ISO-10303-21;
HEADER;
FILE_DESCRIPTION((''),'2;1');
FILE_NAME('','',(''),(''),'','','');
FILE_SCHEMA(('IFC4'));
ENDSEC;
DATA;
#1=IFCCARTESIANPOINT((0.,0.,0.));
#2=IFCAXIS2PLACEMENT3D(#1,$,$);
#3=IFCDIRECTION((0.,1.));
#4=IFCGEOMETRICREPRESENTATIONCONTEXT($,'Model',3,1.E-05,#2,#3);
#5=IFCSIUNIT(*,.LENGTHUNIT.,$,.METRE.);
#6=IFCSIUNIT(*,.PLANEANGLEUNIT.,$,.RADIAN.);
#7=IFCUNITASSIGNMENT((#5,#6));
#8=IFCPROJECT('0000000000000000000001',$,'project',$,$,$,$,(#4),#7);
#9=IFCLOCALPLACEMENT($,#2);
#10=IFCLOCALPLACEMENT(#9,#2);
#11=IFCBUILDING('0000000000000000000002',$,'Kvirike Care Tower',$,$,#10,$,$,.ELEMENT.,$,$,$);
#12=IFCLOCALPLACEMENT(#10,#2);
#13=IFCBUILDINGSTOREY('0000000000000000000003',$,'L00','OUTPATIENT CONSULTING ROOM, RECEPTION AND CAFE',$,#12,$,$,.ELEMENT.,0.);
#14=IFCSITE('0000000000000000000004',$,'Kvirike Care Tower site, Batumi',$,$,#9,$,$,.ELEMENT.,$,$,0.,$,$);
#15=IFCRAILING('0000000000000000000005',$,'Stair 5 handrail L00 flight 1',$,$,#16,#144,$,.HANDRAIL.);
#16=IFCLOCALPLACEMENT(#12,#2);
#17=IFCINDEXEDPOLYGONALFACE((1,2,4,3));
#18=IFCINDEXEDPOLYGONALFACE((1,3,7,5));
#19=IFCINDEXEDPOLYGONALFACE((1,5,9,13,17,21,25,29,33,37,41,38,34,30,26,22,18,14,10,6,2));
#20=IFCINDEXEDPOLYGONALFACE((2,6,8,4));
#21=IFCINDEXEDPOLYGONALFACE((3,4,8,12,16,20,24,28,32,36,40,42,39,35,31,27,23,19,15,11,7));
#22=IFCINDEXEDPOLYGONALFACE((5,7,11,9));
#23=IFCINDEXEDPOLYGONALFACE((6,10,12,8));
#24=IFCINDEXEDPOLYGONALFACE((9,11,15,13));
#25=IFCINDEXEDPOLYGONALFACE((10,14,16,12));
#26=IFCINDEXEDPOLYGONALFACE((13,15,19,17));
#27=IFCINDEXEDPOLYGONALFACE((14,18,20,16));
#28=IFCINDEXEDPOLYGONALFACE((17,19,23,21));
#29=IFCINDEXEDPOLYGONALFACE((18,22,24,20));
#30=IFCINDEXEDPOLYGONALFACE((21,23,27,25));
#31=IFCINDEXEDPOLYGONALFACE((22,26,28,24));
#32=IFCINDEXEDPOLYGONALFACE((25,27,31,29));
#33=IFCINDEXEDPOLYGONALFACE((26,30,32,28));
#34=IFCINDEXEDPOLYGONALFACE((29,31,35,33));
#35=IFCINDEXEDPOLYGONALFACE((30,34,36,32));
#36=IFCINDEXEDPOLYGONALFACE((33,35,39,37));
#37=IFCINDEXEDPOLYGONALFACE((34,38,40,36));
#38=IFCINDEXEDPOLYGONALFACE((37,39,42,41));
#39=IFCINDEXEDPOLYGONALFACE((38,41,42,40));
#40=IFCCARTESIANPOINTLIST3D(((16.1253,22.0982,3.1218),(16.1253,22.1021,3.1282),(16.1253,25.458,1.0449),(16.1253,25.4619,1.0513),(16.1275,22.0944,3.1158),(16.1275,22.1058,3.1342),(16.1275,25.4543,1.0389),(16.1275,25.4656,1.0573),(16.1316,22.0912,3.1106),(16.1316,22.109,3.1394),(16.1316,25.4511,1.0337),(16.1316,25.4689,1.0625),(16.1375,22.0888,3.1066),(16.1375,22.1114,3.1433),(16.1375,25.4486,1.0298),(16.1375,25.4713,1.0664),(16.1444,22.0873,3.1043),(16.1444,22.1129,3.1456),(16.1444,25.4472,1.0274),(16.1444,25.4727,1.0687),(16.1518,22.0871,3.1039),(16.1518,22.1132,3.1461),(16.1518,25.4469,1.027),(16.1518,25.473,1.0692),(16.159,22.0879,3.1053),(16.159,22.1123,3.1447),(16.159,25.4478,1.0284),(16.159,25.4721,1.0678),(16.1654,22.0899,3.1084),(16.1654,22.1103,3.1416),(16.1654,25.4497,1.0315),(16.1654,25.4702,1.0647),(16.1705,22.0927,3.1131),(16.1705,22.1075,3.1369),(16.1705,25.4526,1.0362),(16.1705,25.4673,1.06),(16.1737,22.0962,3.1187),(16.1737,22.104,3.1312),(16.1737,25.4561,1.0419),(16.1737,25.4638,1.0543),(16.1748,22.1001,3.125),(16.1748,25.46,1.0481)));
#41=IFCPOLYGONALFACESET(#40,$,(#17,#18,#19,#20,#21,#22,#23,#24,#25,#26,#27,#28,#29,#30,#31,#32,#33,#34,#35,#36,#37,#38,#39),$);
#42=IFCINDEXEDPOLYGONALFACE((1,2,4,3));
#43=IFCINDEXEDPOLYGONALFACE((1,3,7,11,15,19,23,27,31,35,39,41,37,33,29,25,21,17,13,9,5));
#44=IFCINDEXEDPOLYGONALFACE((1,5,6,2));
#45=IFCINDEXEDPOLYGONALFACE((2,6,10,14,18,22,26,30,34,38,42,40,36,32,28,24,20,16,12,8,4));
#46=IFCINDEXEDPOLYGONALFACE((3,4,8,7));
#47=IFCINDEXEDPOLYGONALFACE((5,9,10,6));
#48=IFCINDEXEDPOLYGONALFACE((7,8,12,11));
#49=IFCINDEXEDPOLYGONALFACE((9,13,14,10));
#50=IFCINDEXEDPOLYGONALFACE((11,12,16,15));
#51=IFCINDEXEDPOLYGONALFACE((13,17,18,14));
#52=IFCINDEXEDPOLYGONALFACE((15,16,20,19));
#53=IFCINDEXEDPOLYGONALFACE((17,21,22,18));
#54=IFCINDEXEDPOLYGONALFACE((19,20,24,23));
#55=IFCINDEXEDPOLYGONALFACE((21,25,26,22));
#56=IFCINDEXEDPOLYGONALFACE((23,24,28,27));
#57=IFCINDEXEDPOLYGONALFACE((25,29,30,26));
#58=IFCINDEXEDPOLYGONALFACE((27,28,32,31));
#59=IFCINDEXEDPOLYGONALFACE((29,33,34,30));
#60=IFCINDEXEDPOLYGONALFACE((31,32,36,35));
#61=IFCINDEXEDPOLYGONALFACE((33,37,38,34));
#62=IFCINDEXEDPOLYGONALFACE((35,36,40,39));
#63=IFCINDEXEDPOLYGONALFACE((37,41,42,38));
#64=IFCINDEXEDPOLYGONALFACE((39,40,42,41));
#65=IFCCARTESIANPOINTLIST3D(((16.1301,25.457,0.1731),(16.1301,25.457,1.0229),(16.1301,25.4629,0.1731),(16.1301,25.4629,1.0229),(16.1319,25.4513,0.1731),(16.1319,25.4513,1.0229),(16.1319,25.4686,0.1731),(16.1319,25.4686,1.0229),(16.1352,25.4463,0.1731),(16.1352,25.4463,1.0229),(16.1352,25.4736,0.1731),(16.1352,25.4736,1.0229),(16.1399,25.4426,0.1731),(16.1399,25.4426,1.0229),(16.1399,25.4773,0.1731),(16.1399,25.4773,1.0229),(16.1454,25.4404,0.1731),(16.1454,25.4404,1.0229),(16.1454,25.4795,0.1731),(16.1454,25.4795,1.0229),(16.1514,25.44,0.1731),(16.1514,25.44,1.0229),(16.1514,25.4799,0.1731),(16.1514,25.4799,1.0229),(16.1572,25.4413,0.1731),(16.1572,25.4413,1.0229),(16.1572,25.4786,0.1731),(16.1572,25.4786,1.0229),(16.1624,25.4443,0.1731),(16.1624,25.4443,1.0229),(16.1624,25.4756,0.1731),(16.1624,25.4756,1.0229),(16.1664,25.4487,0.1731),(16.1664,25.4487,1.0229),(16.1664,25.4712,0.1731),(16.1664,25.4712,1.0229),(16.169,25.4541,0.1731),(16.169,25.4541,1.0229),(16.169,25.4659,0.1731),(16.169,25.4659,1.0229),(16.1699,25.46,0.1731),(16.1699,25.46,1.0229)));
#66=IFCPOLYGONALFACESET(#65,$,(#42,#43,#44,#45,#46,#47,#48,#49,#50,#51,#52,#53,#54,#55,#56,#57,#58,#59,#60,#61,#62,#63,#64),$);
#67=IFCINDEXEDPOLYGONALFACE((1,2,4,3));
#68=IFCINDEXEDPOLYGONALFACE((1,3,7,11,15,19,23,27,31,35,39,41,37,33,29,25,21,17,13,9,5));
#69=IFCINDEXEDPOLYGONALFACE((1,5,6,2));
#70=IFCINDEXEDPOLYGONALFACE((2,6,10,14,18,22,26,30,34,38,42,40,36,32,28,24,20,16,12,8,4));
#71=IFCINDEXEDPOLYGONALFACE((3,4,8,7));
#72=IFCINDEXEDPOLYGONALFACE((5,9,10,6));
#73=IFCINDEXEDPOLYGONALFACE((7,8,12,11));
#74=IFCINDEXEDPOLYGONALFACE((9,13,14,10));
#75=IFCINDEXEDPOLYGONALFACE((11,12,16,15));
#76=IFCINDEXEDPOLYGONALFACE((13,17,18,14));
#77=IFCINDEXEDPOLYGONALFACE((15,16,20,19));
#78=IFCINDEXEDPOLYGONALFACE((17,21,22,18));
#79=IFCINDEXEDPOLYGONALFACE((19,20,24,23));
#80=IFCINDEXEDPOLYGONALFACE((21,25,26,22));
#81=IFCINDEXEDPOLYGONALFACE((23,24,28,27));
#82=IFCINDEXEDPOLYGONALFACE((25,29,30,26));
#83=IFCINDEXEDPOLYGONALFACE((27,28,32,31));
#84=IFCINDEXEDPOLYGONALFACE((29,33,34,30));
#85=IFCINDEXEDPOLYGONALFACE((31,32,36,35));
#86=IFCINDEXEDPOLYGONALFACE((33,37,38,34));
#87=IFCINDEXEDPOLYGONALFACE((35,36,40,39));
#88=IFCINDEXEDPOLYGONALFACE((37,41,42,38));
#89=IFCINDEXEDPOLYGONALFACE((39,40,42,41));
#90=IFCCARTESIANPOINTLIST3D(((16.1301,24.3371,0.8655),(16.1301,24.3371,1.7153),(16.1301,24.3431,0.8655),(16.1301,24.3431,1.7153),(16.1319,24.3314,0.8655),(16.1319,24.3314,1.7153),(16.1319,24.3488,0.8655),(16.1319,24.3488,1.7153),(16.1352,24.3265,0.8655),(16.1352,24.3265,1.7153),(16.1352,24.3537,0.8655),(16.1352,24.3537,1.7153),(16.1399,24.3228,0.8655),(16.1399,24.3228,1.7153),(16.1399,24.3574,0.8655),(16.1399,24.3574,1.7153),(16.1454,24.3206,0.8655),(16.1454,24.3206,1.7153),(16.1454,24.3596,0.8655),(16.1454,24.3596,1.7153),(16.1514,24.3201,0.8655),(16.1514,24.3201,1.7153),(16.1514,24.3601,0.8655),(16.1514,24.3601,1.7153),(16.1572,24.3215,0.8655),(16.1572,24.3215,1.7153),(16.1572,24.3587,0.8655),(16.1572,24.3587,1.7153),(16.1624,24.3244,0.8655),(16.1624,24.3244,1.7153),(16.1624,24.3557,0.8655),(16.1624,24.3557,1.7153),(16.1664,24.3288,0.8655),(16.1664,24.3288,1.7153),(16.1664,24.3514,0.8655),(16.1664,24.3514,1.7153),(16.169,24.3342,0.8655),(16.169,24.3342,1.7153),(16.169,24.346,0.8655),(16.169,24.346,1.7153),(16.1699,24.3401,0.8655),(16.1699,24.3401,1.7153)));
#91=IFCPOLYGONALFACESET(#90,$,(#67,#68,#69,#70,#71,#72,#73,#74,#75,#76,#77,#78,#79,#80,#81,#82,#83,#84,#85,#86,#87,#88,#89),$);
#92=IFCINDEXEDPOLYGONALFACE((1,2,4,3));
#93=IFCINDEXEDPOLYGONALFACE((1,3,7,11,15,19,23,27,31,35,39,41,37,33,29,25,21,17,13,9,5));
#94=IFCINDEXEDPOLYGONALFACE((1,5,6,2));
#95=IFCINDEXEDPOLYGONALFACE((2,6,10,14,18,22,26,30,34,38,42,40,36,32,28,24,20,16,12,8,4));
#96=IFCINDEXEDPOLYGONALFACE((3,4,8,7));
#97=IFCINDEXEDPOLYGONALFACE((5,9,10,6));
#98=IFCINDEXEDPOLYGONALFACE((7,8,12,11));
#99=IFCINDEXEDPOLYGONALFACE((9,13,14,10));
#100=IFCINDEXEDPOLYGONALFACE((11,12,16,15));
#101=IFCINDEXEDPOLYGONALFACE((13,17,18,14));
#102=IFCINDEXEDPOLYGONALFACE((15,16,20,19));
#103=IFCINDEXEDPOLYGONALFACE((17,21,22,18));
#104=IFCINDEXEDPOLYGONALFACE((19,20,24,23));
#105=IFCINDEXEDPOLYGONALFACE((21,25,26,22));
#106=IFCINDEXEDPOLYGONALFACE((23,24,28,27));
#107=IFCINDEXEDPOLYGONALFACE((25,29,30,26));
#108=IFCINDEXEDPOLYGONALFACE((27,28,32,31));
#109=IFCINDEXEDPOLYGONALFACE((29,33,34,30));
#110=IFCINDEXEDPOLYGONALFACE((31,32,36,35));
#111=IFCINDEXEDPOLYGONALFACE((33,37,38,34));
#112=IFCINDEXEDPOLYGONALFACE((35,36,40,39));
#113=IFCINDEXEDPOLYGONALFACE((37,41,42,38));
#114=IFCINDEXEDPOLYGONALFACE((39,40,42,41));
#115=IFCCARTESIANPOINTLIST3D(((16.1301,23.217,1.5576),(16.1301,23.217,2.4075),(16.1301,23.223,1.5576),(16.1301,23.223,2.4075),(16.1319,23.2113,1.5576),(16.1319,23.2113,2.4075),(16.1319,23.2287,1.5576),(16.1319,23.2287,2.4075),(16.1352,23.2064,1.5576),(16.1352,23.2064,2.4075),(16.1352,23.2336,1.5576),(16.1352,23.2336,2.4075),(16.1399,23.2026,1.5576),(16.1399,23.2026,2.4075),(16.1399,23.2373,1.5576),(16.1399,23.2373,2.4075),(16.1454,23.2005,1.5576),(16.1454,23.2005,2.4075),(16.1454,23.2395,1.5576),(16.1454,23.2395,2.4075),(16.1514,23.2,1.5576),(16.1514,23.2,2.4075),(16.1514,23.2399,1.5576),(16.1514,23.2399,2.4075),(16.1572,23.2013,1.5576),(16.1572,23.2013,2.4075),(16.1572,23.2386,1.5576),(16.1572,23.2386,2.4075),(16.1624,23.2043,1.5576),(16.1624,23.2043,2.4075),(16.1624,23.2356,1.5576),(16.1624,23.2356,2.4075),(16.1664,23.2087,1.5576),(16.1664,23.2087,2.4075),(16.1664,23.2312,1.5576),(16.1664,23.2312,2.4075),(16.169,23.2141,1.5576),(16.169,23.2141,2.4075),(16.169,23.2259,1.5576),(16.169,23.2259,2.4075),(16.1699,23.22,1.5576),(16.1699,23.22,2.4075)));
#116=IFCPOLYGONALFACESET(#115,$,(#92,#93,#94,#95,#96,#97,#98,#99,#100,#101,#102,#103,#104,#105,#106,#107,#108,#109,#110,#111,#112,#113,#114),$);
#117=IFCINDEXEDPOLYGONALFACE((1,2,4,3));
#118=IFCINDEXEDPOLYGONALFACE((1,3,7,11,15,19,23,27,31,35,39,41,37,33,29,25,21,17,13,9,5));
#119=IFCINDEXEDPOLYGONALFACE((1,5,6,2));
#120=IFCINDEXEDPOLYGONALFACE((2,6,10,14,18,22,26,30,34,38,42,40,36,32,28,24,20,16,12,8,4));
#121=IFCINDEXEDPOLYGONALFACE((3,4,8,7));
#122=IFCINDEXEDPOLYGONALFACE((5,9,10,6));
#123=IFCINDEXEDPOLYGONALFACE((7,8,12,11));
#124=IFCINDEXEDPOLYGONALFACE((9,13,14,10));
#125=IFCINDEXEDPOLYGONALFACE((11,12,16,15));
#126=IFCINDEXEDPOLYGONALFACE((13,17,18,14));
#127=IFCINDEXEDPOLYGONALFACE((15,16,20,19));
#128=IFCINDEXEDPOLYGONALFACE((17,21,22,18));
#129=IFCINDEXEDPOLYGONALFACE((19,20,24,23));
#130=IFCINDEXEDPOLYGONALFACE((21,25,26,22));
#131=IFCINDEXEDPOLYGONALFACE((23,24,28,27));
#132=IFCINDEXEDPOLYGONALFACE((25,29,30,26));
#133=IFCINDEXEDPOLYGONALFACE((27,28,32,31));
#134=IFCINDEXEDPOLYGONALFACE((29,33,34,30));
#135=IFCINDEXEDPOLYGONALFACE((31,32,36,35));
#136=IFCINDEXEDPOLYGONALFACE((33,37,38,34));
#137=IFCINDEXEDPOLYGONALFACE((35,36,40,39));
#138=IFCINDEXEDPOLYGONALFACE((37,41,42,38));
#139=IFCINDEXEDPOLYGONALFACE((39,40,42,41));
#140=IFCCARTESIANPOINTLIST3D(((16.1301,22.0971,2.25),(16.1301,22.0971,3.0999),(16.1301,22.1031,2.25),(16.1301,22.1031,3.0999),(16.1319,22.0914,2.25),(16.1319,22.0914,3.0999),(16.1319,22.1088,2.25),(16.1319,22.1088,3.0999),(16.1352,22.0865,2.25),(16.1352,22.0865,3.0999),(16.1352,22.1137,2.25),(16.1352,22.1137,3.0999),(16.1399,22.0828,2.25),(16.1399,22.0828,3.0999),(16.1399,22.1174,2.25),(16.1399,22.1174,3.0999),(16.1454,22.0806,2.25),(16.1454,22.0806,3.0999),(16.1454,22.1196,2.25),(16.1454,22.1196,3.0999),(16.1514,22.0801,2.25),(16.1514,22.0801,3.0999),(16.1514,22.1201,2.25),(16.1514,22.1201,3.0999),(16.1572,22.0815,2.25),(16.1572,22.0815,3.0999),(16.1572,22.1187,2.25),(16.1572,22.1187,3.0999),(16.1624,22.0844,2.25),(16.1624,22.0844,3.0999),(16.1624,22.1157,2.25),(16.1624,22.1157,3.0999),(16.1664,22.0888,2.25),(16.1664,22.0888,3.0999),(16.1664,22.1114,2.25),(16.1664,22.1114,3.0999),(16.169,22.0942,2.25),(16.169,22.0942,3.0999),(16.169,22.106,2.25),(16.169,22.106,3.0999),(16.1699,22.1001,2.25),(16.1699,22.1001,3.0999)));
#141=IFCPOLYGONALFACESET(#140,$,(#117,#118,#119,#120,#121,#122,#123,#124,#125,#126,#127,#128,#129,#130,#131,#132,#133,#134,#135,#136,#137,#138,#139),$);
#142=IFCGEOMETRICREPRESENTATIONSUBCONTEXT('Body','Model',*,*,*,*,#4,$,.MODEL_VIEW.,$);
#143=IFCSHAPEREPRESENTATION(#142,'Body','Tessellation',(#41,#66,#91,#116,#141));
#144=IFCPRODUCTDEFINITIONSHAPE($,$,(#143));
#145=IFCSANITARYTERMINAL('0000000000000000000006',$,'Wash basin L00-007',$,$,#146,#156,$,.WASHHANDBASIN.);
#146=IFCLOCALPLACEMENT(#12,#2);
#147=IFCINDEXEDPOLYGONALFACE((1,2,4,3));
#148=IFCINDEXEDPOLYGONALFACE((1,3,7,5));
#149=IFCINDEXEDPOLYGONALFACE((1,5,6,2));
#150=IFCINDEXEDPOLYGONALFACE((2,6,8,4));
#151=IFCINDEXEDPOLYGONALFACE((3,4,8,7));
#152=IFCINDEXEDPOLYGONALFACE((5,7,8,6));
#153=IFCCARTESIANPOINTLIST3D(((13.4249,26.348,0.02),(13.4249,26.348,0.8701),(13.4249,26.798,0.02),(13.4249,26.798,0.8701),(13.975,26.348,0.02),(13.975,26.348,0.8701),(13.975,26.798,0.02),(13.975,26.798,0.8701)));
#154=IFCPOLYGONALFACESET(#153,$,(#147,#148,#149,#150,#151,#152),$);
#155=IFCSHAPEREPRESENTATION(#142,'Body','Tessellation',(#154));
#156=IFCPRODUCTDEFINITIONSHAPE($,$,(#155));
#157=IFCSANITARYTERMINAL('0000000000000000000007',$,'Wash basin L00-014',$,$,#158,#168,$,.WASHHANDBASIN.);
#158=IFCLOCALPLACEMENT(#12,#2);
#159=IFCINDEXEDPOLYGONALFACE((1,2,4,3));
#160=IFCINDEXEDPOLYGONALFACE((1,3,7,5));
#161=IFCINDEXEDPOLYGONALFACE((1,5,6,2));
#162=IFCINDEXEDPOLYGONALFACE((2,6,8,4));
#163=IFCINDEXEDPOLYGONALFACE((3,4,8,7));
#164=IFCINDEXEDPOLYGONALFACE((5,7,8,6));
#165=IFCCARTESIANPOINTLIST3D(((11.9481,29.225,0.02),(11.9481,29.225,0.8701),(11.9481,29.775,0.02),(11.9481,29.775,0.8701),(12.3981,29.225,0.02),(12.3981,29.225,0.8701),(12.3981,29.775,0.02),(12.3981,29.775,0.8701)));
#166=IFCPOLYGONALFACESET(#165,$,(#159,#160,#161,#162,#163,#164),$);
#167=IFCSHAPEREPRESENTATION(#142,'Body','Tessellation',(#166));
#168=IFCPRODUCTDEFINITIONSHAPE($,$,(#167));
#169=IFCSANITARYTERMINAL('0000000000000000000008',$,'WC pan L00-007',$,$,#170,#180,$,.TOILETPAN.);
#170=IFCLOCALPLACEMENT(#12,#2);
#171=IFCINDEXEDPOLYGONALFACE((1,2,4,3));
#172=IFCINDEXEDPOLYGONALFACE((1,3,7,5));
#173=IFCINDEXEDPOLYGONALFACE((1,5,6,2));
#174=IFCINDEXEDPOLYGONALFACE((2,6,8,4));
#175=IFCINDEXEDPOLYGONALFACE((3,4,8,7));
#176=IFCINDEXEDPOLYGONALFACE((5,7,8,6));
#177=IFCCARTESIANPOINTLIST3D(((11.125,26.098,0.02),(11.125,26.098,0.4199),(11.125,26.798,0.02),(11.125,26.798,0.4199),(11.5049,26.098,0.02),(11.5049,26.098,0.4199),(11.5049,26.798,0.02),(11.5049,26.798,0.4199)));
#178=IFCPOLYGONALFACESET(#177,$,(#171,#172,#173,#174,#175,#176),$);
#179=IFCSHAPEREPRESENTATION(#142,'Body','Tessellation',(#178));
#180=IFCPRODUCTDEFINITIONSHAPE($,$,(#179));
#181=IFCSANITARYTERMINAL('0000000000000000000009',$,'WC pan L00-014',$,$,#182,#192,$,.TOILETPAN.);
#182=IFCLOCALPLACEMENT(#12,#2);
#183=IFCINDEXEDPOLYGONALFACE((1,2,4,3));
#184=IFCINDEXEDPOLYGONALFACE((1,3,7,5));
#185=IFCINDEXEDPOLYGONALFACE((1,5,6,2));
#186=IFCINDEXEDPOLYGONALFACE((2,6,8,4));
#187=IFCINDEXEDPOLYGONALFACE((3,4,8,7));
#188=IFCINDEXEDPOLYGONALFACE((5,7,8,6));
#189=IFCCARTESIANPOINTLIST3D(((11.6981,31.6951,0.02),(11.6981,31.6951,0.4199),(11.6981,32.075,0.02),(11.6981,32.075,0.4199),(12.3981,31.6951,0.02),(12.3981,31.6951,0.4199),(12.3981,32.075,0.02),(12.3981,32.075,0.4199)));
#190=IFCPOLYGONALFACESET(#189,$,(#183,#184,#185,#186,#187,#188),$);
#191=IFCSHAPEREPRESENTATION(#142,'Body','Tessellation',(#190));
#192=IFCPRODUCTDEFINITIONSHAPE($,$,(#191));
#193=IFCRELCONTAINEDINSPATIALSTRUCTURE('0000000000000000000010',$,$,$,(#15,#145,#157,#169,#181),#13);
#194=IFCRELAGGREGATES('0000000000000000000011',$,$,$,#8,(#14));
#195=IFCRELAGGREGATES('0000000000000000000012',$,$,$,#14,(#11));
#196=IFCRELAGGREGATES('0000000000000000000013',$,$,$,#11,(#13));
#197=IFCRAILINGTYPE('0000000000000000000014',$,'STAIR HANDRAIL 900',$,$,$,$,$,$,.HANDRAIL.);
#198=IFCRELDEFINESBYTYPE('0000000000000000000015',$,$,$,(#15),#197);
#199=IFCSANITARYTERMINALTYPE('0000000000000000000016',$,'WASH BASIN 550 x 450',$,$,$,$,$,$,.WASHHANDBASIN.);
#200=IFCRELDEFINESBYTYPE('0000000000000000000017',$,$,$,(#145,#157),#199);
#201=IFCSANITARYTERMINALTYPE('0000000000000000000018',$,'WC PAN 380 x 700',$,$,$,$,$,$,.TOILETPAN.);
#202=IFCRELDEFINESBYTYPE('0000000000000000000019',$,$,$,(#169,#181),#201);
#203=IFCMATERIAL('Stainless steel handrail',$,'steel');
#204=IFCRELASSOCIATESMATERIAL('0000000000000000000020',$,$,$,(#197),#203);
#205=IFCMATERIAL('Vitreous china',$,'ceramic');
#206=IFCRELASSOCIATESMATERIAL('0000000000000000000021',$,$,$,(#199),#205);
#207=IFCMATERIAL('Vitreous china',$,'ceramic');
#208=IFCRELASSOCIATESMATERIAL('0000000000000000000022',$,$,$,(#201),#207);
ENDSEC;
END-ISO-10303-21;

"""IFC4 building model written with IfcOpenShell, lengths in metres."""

from ifc_helpers import new_model, si_unit, direction, frame, origin, origin_2d, place, context, subcontext, project, spatial, rectangle, circle, extrude, material, type_object, element, save


model = new_model("IFC4")

# Units and contexts
model_context = context("Model", 3, precision=1e-05, world=origin(), true_north=direction((0.0, 1.0)))
body_context = subcontext(model_context, "Body", "Model", "MODEL_VIEW")
ifc_project = project(units=[si_unit("LENGTHUNIT", "METRE"), si_unit("PLANEANGLEUNIT", "RADIAN")], contexts=[model_context])

# Site, building, storey
site_placement = place(None, origin())
site = spatial("IfcSite", under=ifc_project, at=site_placement, Name="Kvirike Care Tower site, Batumi", CompositionType="ELEMENT", RefElevation=0.0)
building_placement = place(site_placement, origin())
building = spatial("IfcBuilding", under=site, at=building_placement, Name="Kvirike Care Tower", CompositionType="ELEMENT")
storey_placement = place(building_placement, origin())
storey = spatial("IfcBuildingStorey", under=building, at=storey_placement, Name="L00", Description="OUTPATIENT CONSULTING ROOM, RECEPTION AND CAFE", CompositionType="ELEMENT", Elevation=0.0)

# Railing
ifc_material_1 = material(Name="Stainless steel handrail", Category="steel")
railing_type = type_object("IfcRailingType", Name="STAIR HANDRAIL 900", PredefinedType="HANDRAIL", material=ifc_material_1)
railing_placement = place(storey_placement, frame((16.1499, 25.46, 0.1731)))
element("IfcRailing", 1, at=railing_placement, inside=storey, type_object=railing_type, Name="Stair 5 handrail L00 flight 1", PredefinedType="HANDRAIL", context=body_context, shape_type="SweptSolid", body=[
    extrude(circle(Radius=0.0249, at=origin_2d()), frame((0.0, 0.0, 0.875), z_axis=(0.0, -0.850606, 0.525803), x_axis=(1.0, 0.0, 0.0)), (0.0, 0.0, 1.0), 3.95),
    extrude(circle(Radius=0.02, at=origin_2d()), origin(), (0.0, 0.0, 1.0), 0.8499),
    extrude(circle(Radius=0.02, at=origin_2d()), frame((0.0, -1.1199, 0.6924)), (0.0, 0.0, 1.0), 0.8499),
    extrude(circle(Radius=0.02, at=origin_2d()), frame((0.0, -2.24, 1.3845)), (0.0, 0.0, 1.0), 0.8499),
    extrude(circle(Radius=0.02, at=origin_2d()), frame((0.0, -3.3599, 2.0769)), (0.0, 0.0, 1.0), 0.8499),
])

# Sanitary terminals
ifc_material_2 = material(Name="Vitreous china", Category="ceramic")
sanitary_terminal_type_1 = type_object("IfcSanitaryTerminalType", Name="WASH BASIN 550 x 450", PredefinedType="WASHHANDBASIN", material=ifc_material_2)
for number, where, z_axis, x_axis, name in (
    (2, (13.7, 26.573, 0.02), (0.0, 0.0, 1.0), (1.0, 0.0, 0.0), "Wash basin L00-007"),
    (3, (12.1731, 29.5, 0.02), (0.0, 0.0, 1.0), (0.0, -1.0, 0.0), "Wash basin L00-014"),
):
    element("IfcSanitaryTerminal", number, at=place(storey_placement, frame(where, z_axis=z_axis, x_axis=x_axis)), inside=storey, type_object=sanitary_terminal_type_1, Name=name, PredefinedType="WASHHANDBASIN", context=body_context, shape_type="SweptSolid", body=[
        extrude(rectangle(XDim=0.55, YDim=0.45, at=origin_2d()), origin(), (0.0, 0.0, 1.0), 0.8501),
    ])
ifc_material_3 = material(Name="Vitreous china", Category="ceramic")
sanitary_terminal_type_2 = type_object("IfcSanitaryTerminalType", Name="WC PAN 380 x 700", PredefinedType="TOILETPAN", material=ifc_material_3)
for number, where, z_axis, x_axis, name in (
    (4, (11.3149, 26.448, 0.02), (0.0, 0.0, 1.0), (1.0, 0.0, 0.0), "WC pan L00-007"),
    (5, (12.0481, 31.885, 0.02), (0.0, 0.0, 1.0), (0.0, -1.0, 0.0), "WC pan L00-014"),
):
    element("IfcSanitaryTerminal", number, at=place(storey_placement, frame(where, z_axis=z_axis, x_axis=x_axis)), inside=storey, type_object=sanitary_terminal_type_2, Name=name, PredefinedType="TOILETPAN", context=body_context, shape_type="SweptSolid", body=[
        extrude(rectangle(XDim=0.3799, YDim=0.7, at=origin_2d()), origin(), (0.0, 0.0, 1.0), 0.3999),
    ])

save(model, "model.ifc")
